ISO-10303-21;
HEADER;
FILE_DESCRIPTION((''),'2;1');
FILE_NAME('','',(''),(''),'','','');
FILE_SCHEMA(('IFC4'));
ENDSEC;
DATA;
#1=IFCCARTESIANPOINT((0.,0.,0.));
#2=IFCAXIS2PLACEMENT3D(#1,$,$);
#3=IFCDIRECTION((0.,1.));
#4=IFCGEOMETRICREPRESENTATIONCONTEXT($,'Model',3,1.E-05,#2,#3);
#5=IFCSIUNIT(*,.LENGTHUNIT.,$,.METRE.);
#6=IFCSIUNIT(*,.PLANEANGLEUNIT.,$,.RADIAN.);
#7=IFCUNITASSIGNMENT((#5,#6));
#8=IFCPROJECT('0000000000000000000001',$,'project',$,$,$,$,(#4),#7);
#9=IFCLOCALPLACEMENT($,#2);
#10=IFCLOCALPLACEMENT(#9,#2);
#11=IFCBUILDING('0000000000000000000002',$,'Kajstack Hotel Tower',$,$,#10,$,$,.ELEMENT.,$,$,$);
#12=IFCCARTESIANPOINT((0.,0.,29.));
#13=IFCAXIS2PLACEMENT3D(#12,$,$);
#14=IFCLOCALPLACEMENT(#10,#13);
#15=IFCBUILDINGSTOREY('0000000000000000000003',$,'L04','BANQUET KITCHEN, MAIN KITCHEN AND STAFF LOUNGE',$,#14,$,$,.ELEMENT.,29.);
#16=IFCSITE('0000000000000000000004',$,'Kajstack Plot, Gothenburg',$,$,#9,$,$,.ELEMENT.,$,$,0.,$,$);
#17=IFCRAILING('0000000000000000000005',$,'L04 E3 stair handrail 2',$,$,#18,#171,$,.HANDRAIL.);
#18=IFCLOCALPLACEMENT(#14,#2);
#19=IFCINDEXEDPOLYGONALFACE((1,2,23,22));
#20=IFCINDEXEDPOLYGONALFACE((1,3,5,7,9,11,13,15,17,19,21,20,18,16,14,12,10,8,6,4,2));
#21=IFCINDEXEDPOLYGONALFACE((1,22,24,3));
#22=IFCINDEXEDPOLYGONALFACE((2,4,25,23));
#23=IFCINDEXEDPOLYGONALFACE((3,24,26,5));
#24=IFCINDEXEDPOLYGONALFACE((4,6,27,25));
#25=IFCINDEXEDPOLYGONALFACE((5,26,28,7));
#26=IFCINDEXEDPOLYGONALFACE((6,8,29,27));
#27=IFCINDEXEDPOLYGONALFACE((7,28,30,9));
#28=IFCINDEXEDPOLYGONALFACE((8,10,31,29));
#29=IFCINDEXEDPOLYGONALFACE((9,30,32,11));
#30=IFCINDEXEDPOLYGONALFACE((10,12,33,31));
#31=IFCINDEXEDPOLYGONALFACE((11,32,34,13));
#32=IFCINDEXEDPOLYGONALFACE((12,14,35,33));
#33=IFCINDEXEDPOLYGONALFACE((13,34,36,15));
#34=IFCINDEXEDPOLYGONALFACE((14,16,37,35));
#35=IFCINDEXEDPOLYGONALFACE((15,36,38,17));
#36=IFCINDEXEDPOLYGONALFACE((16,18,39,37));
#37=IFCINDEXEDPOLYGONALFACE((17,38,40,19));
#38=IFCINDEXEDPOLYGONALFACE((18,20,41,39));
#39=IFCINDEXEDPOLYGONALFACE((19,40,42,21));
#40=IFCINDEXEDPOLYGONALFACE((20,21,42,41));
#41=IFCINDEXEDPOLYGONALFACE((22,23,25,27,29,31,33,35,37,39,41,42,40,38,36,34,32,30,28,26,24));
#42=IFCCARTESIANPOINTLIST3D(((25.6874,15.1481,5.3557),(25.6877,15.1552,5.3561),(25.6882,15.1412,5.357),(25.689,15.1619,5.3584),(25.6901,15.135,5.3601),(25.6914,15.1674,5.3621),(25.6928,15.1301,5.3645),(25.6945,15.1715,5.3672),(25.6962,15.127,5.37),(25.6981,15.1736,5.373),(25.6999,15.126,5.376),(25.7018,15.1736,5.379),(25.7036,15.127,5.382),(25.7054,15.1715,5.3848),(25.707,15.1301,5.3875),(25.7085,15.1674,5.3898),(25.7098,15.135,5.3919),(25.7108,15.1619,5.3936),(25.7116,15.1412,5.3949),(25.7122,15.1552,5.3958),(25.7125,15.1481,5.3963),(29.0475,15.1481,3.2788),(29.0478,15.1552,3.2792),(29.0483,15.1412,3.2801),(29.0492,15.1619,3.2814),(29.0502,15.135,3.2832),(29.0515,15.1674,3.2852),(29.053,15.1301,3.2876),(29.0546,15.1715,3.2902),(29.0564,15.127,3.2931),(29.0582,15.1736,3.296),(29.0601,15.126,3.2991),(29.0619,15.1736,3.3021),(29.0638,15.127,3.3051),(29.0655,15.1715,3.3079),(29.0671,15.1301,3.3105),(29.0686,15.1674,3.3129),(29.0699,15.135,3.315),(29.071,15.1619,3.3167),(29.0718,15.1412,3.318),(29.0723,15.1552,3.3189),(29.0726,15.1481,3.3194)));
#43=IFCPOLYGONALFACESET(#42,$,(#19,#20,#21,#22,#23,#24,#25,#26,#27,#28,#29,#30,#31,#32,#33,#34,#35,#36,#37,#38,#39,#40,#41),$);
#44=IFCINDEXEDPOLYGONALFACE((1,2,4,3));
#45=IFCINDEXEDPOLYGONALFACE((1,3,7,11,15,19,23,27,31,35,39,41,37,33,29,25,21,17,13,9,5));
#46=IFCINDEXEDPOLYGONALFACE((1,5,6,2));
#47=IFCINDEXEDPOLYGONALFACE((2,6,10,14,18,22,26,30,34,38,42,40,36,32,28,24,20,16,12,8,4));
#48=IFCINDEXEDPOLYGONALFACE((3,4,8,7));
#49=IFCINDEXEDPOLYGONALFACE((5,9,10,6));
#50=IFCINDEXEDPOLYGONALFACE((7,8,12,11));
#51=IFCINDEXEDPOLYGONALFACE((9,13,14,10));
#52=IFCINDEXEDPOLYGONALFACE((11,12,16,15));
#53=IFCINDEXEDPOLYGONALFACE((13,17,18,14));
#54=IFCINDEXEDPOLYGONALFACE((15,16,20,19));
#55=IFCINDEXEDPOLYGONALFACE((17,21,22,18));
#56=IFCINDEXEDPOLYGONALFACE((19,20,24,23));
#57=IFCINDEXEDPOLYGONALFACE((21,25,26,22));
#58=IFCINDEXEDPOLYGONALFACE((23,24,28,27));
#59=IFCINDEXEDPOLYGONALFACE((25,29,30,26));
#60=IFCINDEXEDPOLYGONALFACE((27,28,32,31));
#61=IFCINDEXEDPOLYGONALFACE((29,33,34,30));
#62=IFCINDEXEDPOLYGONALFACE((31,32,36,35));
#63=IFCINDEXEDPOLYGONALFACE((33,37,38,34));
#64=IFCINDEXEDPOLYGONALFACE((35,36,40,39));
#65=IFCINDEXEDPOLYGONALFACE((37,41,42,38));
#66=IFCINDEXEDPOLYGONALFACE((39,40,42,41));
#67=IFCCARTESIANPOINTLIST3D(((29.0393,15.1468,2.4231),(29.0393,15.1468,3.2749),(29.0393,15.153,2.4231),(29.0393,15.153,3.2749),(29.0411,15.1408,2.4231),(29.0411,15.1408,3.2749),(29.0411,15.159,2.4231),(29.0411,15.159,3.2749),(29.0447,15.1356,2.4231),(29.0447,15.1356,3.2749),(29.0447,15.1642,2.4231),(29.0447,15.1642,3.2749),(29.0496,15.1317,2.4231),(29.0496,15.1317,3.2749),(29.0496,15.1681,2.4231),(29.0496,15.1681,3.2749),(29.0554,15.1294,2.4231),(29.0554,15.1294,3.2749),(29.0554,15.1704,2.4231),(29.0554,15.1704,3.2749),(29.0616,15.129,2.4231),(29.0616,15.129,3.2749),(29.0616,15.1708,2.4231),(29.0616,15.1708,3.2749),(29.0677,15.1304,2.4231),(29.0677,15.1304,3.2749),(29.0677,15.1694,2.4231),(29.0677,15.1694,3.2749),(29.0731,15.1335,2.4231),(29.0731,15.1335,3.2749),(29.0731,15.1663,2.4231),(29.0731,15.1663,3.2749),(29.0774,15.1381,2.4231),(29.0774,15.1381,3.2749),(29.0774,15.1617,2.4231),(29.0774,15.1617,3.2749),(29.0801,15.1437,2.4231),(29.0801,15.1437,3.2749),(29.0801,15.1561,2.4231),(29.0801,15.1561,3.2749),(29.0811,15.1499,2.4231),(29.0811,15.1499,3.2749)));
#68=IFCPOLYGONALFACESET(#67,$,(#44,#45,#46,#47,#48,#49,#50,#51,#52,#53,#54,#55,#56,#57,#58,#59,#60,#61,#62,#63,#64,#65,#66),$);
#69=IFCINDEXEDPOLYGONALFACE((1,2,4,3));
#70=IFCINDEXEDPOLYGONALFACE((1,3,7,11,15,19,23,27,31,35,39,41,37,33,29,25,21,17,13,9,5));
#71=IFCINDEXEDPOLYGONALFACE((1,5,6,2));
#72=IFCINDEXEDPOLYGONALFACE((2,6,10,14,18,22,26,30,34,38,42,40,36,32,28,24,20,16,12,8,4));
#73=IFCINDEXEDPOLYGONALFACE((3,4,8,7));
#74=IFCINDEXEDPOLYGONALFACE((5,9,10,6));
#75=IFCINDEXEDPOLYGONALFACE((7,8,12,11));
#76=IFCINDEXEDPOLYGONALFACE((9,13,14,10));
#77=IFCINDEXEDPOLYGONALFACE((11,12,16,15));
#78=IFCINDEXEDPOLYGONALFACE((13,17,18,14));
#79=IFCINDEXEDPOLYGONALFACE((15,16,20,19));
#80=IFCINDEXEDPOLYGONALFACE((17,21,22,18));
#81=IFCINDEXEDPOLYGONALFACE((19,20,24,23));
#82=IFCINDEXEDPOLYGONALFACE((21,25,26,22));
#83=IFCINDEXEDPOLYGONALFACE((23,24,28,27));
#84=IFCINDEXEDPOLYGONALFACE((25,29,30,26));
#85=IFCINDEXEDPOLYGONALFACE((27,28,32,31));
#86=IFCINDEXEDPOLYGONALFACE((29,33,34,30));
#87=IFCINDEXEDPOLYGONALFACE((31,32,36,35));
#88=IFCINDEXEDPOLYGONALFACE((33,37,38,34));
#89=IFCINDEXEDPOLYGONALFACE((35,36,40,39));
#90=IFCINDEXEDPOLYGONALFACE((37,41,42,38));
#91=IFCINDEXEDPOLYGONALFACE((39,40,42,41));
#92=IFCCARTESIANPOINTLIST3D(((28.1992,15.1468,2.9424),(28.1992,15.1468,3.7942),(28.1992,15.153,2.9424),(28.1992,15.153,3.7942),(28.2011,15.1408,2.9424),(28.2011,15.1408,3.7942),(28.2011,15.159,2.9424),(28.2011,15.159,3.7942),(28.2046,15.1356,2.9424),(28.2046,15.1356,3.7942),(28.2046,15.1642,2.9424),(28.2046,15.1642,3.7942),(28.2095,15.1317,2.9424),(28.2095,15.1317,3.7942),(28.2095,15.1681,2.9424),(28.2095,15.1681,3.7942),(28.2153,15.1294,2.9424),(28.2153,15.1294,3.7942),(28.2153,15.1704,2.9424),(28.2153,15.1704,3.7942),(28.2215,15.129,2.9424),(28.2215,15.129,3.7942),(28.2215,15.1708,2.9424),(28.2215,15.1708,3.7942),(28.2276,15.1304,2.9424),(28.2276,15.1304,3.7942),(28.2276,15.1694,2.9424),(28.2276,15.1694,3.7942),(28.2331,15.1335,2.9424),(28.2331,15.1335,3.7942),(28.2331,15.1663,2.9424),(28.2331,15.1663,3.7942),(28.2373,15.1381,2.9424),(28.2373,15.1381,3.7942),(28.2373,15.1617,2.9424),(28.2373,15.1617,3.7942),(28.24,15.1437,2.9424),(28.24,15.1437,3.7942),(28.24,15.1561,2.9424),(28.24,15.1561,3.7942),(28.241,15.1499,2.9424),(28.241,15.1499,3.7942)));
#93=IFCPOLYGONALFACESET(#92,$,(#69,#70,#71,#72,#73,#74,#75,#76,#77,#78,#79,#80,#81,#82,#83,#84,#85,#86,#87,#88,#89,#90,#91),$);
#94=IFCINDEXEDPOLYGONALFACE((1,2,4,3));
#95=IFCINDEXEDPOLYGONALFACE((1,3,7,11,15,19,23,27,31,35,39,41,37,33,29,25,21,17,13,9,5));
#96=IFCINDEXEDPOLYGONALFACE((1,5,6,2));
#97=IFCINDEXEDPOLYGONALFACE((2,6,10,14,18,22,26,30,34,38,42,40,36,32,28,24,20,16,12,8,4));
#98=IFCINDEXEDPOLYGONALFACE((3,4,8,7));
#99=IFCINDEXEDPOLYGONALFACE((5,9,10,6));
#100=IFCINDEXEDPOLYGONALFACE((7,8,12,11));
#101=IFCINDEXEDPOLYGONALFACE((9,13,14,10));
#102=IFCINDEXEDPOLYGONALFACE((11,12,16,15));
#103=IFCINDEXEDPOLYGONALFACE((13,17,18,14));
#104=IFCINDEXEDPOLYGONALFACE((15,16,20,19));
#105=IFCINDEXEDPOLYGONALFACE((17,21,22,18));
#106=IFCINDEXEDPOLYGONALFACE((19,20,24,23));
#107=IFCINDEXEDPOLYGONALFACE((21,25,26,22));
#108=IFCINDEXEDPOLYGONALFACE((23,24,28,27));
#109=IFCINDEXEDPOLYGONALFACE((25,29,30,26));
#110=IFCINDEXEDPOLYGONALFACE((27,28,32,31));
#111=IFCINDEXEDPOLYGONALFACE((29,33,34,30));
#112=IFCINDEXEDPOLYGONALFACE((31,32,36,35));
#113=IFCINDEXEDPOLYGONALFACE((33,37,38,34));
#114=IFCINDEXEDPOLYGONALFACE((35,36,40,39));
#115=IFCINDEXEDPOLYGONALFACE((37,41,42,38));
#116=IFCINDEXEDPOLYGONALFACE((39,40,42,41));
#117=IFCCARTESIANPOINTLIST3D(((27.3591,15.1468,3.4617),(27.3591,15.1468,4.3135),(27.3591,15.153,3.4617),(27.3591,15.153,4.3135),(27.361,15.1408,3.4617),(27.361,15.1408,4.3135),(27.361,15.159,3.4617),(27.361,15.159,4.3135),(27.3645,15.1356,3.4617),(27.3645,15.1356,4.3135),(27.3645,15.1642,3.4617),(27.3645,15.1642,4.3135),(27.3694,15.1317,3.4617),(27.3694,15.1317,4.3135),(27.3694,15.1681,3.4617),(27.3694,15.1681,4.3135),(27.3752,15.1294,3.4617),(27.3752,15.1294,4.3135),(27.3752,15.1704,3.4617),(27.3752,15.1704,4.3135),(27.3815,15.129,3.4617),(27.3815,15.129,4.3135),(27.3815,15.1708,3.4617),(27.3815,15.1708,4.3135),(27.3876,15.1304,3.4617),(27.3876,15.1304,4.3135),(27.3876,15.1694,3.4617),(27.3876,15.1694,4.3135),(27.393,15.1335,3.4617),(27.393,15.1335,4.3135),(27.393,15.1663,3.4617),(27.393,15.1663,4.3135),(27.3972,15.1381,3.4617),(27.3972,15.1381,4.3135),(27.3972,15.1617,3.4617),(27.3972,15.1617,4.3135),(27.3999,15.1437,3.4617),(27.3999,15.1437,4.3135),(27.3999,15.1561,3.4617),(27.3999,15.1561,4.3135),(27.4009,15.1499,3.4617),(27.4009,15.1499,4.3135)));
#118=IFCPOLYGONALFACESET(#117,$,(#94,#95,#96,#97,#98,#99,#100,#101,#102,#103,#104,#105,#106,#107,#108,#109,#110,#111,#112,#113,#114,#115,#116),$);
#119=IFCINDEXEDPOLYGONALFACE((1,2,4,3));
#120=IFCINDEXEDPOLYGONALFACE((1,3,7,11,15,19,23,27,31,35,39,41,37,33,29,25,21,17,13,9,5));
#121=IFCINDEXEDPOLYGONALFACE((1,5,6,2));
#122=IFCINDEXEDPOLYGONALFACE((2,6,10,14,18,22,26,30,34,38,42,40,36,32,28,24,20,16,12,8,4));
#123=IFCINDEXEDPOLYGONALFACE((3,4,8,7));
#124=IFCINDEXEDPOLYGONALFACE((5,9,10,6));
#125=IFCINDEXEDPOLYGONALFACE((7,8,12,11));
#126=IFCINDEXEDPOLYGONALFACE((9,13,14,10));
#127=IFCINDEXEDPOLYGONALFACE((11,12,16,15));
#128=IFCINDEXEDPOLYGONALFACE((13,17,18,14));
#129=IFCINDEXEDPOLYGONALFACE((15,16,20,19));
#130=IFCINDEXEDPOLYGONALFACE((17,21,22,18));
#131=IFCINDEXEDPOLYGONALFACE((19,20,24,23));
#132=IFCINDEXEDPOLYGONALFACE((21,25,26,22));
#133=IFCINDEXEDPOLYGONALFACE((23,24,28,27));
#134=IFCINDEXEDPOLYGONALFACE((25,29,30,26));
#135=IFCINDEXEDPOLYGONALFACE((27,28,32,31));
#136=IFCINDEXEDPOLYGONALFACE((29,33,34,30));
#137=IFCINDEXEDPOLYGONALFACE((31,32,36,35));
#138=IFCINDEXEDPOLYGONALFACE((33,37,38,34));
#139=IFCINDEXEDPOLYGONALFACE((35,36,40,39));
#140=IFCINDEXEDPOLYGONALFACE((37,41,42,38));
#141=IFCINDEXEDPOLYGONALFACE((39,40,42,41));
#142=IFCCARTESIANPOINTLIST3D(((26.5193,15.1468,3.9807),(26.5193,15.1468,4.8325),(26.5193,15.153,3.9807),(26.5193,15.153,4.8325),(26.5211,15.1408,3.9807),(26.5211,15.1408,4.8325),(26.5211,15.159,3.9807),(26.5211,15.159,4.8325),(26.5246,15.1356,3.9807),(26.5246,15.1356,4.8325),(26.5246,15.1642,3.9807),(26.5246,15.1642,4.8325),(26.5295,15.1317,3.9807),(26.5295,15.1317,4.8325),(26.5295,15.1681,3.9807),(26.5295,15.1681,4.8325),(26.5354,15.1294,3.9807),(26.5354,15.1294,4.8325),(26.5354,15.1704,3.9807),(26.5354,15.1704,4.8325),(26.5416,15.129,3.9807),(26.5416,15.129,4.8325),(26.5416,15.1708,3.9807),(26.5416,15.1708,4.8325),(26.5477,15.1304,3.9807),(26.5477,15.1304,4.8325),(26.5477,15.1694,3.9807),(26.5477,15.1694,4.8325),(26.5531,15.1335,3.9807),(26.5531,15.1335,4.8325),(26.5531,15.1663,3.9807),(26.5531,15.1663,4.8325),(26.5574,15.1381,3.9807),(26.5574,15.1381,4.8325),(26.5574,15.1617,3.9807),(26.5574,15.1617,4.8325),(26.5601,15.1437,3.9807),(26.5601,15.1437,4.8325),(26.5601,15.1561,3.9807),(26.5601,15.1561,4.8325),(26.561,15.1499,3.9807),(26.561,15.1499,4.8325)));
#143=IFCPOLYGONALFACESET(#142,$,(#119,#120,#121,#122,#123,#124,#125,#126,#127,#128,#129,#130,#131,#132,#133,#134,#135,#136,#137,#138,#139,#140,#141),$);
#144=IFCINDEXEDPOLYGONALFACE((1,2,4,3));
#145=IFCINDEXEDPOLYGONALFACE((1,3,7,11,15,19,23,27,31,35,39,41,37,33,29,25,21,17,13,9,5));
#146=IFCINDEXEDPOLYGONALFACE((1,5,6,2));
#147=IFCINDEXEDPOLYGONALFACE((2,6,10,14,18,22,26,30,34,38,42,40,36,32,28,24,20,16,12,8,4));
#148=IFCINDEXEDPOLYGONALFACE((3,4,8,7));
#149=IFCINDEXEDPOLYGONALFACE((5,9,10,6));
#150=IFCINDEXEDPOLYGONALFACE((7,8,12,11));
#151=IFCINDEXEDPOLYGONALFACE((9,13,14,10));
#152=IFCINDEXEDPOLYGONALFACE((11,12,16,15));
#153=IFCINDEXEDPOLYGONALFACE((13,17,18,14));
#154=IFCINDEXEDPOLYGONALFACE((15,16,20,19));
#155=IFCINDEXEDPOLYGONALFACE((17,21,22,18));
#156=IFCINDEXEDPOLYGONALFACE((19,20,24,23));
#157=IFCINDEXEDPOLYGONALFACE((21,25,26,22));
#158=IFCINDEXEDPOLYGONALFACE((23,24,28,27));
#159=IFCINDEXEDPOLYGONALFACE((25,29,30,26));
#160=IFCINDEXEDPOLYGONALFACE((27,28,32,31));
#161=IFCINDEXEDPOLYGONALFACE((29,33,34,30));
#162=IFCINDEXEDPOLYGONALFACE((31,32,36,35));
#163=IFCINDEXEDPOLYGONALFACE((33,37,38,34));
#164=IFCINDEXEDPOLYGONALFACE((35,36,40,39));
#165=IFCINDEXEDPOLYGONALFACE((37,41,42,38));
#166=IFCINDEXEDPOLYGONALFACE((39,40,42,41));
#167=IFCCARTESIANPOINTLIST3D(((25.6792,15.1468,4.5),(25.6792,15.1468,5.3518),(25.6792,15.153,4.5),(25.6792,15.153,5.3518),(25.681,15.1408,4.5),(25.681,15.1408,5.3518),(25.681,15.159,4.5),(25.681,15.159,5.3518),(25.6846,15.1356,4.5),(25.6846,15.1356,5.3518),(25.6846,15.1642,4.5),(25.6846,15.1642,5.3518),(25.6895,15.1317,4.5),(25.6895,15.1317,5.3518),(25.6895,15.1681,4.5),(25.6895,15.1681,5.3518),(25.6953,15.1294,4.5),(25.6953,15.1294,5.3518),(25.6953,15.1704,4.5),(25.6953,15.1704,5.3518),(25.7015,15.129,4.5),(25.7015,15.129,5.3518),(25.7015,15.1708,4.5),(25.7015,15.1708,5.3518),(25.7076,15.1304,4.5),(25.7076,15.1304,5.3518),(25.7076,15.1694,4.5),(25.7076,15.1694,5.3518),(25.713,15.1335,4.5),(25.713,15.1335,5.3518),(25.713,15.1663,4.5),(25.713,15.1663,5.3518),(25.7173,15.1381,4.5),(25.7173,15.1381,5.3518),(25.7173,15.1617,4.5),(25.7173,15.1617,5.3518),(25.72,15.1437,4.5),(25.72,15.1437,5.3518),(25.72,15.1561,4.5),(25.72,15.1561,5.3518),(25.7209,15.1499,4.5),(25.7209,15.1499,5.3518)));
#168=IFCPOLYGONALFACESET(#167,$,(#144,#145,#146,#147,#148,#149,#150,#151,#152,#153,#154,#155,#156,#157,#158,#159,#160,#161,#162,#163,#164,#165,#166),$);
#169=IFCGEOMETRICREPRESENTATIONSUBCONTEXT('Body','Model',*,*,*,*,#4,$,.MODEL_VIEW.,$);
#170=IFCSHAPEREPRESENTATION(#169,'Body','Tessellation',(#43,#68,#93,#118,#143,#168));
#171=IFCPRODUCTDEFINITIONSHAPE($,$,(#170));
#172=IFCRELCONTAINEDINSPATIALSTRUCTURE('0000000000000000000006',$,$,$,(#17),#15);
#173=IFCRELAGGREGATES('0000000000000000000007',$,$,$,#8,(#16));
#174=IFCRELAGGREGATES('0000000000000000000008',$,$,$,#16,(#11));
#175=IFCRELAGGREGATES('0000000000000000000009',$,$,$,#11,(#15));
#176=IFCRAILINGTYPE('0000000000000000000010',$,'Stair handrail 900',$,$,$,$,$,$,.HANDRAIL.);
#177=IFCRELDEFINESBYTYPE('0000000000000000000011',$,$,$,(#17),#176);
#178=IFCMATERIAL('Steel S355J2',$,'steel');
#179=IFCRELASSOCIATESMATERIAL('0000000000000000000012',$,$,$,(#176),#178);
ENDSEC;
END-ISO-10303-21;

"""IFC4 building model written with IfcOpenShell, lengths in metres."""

from ifc_helpers import new_model, si_unit, direction, frame, origin, origin_2d, place, context, subcontext, project, spatial, circle, extrude, material, type_object, element, save


model = new_model("IFC4")

# Units and contexts
model_context = context("Model", 3, precision=1e-05, world=origin(), true_north=direction((0.0, 1.0)))
body_context = subcontext(model_context, "Body", "Model", "MODEL_VIEW")
ifc_project = project(units=[si_unit("LENGTHUNIT", "METRE"), si_unit("PLANEANGLEUNIT", "RADIAN")], contexts=[model_context])

# Site, building, storey
site_placement = place(None, origin())
site = spatial("IfcSite", under=ifc_project, at=site_placement, Name="Kajstack Plot, Gothenburg", CompositionType="ELEMENT", RefElevation=0.0)
building_placement = place(site_placement, origin())
building = spatial("IfcBuilding", under=site, at=building_placement, Name="Kajstack Hotel Tower", CompositionType="ELEMENT")
storey_placement = place(building_placement, frame((0.0, 0.0, 29.0)))
storey = spatial("IfcBuildingStorey", under=building, at=storey_placement, Name="L04", Description="BANQUET KITCHEN, MAIN KITCHEN AND STAFF LOUNGE", CompositionType="ELEMENT", Elevation=29.0)

# Railing
ifc_material_1 = material(Name="Steel S355J2", Category="steel")
railing_type_1 = type_object("IfcRailingType", Name="Stair handrail 900", PredefinedType="HANDRAIL", material=ifc_material_1)
railing_1_placement = place(storey_placement, frame((29.0601, 15.1499, 2.4231)))
element("IfcRailing", 1, at=railing_1_placement, inside=storey, type_object=railing_type_1, Name="L04 E3 stair handrail 2", PredefinedType="HANDRAIL", context=body_context, shape_type="SweptSolid", body=[
    extrude(circle(Radius=0.0239, at=origin_2d()), frame((0.0, 0.0, 0.876), z_axis=(-0.850623, 0.0, 0.525776), x_axis=(0.0, -1.0, 0.0)), (0.0, 0.0, 1.0), 3.9502),
    extrude(circle(Radius=0.021, at=origin_2d()), origin(), (0.0, 0.0, 1.0), 0.8518),
    extrude(circle(Radius=0.021, at=origin_2d()), frame((-0.8401, 0.0, 0.5193)), (0.0, 0.0, 1.0), 0.8518),
    extrude(circle(Radius=0.021, at=origin_2d()), frame((-1.6802, 0.0, 1.0386)), (0.0, 0.0, 1.0), 0.8518),
    extrude(circle(Radius=0.021, at=origin_2d()), frame((-2.52, 0.0, 1.5576)), (0.0, 0.0, 1.0), 0.8518),
    extrude(circle(Radius=0.021, at=origin_2d()), frame((-3.3601, 0.0, 2.0769)), (0.0, 0.0, 1.0), 0.8518),
])

save(model, "model.ifc")
